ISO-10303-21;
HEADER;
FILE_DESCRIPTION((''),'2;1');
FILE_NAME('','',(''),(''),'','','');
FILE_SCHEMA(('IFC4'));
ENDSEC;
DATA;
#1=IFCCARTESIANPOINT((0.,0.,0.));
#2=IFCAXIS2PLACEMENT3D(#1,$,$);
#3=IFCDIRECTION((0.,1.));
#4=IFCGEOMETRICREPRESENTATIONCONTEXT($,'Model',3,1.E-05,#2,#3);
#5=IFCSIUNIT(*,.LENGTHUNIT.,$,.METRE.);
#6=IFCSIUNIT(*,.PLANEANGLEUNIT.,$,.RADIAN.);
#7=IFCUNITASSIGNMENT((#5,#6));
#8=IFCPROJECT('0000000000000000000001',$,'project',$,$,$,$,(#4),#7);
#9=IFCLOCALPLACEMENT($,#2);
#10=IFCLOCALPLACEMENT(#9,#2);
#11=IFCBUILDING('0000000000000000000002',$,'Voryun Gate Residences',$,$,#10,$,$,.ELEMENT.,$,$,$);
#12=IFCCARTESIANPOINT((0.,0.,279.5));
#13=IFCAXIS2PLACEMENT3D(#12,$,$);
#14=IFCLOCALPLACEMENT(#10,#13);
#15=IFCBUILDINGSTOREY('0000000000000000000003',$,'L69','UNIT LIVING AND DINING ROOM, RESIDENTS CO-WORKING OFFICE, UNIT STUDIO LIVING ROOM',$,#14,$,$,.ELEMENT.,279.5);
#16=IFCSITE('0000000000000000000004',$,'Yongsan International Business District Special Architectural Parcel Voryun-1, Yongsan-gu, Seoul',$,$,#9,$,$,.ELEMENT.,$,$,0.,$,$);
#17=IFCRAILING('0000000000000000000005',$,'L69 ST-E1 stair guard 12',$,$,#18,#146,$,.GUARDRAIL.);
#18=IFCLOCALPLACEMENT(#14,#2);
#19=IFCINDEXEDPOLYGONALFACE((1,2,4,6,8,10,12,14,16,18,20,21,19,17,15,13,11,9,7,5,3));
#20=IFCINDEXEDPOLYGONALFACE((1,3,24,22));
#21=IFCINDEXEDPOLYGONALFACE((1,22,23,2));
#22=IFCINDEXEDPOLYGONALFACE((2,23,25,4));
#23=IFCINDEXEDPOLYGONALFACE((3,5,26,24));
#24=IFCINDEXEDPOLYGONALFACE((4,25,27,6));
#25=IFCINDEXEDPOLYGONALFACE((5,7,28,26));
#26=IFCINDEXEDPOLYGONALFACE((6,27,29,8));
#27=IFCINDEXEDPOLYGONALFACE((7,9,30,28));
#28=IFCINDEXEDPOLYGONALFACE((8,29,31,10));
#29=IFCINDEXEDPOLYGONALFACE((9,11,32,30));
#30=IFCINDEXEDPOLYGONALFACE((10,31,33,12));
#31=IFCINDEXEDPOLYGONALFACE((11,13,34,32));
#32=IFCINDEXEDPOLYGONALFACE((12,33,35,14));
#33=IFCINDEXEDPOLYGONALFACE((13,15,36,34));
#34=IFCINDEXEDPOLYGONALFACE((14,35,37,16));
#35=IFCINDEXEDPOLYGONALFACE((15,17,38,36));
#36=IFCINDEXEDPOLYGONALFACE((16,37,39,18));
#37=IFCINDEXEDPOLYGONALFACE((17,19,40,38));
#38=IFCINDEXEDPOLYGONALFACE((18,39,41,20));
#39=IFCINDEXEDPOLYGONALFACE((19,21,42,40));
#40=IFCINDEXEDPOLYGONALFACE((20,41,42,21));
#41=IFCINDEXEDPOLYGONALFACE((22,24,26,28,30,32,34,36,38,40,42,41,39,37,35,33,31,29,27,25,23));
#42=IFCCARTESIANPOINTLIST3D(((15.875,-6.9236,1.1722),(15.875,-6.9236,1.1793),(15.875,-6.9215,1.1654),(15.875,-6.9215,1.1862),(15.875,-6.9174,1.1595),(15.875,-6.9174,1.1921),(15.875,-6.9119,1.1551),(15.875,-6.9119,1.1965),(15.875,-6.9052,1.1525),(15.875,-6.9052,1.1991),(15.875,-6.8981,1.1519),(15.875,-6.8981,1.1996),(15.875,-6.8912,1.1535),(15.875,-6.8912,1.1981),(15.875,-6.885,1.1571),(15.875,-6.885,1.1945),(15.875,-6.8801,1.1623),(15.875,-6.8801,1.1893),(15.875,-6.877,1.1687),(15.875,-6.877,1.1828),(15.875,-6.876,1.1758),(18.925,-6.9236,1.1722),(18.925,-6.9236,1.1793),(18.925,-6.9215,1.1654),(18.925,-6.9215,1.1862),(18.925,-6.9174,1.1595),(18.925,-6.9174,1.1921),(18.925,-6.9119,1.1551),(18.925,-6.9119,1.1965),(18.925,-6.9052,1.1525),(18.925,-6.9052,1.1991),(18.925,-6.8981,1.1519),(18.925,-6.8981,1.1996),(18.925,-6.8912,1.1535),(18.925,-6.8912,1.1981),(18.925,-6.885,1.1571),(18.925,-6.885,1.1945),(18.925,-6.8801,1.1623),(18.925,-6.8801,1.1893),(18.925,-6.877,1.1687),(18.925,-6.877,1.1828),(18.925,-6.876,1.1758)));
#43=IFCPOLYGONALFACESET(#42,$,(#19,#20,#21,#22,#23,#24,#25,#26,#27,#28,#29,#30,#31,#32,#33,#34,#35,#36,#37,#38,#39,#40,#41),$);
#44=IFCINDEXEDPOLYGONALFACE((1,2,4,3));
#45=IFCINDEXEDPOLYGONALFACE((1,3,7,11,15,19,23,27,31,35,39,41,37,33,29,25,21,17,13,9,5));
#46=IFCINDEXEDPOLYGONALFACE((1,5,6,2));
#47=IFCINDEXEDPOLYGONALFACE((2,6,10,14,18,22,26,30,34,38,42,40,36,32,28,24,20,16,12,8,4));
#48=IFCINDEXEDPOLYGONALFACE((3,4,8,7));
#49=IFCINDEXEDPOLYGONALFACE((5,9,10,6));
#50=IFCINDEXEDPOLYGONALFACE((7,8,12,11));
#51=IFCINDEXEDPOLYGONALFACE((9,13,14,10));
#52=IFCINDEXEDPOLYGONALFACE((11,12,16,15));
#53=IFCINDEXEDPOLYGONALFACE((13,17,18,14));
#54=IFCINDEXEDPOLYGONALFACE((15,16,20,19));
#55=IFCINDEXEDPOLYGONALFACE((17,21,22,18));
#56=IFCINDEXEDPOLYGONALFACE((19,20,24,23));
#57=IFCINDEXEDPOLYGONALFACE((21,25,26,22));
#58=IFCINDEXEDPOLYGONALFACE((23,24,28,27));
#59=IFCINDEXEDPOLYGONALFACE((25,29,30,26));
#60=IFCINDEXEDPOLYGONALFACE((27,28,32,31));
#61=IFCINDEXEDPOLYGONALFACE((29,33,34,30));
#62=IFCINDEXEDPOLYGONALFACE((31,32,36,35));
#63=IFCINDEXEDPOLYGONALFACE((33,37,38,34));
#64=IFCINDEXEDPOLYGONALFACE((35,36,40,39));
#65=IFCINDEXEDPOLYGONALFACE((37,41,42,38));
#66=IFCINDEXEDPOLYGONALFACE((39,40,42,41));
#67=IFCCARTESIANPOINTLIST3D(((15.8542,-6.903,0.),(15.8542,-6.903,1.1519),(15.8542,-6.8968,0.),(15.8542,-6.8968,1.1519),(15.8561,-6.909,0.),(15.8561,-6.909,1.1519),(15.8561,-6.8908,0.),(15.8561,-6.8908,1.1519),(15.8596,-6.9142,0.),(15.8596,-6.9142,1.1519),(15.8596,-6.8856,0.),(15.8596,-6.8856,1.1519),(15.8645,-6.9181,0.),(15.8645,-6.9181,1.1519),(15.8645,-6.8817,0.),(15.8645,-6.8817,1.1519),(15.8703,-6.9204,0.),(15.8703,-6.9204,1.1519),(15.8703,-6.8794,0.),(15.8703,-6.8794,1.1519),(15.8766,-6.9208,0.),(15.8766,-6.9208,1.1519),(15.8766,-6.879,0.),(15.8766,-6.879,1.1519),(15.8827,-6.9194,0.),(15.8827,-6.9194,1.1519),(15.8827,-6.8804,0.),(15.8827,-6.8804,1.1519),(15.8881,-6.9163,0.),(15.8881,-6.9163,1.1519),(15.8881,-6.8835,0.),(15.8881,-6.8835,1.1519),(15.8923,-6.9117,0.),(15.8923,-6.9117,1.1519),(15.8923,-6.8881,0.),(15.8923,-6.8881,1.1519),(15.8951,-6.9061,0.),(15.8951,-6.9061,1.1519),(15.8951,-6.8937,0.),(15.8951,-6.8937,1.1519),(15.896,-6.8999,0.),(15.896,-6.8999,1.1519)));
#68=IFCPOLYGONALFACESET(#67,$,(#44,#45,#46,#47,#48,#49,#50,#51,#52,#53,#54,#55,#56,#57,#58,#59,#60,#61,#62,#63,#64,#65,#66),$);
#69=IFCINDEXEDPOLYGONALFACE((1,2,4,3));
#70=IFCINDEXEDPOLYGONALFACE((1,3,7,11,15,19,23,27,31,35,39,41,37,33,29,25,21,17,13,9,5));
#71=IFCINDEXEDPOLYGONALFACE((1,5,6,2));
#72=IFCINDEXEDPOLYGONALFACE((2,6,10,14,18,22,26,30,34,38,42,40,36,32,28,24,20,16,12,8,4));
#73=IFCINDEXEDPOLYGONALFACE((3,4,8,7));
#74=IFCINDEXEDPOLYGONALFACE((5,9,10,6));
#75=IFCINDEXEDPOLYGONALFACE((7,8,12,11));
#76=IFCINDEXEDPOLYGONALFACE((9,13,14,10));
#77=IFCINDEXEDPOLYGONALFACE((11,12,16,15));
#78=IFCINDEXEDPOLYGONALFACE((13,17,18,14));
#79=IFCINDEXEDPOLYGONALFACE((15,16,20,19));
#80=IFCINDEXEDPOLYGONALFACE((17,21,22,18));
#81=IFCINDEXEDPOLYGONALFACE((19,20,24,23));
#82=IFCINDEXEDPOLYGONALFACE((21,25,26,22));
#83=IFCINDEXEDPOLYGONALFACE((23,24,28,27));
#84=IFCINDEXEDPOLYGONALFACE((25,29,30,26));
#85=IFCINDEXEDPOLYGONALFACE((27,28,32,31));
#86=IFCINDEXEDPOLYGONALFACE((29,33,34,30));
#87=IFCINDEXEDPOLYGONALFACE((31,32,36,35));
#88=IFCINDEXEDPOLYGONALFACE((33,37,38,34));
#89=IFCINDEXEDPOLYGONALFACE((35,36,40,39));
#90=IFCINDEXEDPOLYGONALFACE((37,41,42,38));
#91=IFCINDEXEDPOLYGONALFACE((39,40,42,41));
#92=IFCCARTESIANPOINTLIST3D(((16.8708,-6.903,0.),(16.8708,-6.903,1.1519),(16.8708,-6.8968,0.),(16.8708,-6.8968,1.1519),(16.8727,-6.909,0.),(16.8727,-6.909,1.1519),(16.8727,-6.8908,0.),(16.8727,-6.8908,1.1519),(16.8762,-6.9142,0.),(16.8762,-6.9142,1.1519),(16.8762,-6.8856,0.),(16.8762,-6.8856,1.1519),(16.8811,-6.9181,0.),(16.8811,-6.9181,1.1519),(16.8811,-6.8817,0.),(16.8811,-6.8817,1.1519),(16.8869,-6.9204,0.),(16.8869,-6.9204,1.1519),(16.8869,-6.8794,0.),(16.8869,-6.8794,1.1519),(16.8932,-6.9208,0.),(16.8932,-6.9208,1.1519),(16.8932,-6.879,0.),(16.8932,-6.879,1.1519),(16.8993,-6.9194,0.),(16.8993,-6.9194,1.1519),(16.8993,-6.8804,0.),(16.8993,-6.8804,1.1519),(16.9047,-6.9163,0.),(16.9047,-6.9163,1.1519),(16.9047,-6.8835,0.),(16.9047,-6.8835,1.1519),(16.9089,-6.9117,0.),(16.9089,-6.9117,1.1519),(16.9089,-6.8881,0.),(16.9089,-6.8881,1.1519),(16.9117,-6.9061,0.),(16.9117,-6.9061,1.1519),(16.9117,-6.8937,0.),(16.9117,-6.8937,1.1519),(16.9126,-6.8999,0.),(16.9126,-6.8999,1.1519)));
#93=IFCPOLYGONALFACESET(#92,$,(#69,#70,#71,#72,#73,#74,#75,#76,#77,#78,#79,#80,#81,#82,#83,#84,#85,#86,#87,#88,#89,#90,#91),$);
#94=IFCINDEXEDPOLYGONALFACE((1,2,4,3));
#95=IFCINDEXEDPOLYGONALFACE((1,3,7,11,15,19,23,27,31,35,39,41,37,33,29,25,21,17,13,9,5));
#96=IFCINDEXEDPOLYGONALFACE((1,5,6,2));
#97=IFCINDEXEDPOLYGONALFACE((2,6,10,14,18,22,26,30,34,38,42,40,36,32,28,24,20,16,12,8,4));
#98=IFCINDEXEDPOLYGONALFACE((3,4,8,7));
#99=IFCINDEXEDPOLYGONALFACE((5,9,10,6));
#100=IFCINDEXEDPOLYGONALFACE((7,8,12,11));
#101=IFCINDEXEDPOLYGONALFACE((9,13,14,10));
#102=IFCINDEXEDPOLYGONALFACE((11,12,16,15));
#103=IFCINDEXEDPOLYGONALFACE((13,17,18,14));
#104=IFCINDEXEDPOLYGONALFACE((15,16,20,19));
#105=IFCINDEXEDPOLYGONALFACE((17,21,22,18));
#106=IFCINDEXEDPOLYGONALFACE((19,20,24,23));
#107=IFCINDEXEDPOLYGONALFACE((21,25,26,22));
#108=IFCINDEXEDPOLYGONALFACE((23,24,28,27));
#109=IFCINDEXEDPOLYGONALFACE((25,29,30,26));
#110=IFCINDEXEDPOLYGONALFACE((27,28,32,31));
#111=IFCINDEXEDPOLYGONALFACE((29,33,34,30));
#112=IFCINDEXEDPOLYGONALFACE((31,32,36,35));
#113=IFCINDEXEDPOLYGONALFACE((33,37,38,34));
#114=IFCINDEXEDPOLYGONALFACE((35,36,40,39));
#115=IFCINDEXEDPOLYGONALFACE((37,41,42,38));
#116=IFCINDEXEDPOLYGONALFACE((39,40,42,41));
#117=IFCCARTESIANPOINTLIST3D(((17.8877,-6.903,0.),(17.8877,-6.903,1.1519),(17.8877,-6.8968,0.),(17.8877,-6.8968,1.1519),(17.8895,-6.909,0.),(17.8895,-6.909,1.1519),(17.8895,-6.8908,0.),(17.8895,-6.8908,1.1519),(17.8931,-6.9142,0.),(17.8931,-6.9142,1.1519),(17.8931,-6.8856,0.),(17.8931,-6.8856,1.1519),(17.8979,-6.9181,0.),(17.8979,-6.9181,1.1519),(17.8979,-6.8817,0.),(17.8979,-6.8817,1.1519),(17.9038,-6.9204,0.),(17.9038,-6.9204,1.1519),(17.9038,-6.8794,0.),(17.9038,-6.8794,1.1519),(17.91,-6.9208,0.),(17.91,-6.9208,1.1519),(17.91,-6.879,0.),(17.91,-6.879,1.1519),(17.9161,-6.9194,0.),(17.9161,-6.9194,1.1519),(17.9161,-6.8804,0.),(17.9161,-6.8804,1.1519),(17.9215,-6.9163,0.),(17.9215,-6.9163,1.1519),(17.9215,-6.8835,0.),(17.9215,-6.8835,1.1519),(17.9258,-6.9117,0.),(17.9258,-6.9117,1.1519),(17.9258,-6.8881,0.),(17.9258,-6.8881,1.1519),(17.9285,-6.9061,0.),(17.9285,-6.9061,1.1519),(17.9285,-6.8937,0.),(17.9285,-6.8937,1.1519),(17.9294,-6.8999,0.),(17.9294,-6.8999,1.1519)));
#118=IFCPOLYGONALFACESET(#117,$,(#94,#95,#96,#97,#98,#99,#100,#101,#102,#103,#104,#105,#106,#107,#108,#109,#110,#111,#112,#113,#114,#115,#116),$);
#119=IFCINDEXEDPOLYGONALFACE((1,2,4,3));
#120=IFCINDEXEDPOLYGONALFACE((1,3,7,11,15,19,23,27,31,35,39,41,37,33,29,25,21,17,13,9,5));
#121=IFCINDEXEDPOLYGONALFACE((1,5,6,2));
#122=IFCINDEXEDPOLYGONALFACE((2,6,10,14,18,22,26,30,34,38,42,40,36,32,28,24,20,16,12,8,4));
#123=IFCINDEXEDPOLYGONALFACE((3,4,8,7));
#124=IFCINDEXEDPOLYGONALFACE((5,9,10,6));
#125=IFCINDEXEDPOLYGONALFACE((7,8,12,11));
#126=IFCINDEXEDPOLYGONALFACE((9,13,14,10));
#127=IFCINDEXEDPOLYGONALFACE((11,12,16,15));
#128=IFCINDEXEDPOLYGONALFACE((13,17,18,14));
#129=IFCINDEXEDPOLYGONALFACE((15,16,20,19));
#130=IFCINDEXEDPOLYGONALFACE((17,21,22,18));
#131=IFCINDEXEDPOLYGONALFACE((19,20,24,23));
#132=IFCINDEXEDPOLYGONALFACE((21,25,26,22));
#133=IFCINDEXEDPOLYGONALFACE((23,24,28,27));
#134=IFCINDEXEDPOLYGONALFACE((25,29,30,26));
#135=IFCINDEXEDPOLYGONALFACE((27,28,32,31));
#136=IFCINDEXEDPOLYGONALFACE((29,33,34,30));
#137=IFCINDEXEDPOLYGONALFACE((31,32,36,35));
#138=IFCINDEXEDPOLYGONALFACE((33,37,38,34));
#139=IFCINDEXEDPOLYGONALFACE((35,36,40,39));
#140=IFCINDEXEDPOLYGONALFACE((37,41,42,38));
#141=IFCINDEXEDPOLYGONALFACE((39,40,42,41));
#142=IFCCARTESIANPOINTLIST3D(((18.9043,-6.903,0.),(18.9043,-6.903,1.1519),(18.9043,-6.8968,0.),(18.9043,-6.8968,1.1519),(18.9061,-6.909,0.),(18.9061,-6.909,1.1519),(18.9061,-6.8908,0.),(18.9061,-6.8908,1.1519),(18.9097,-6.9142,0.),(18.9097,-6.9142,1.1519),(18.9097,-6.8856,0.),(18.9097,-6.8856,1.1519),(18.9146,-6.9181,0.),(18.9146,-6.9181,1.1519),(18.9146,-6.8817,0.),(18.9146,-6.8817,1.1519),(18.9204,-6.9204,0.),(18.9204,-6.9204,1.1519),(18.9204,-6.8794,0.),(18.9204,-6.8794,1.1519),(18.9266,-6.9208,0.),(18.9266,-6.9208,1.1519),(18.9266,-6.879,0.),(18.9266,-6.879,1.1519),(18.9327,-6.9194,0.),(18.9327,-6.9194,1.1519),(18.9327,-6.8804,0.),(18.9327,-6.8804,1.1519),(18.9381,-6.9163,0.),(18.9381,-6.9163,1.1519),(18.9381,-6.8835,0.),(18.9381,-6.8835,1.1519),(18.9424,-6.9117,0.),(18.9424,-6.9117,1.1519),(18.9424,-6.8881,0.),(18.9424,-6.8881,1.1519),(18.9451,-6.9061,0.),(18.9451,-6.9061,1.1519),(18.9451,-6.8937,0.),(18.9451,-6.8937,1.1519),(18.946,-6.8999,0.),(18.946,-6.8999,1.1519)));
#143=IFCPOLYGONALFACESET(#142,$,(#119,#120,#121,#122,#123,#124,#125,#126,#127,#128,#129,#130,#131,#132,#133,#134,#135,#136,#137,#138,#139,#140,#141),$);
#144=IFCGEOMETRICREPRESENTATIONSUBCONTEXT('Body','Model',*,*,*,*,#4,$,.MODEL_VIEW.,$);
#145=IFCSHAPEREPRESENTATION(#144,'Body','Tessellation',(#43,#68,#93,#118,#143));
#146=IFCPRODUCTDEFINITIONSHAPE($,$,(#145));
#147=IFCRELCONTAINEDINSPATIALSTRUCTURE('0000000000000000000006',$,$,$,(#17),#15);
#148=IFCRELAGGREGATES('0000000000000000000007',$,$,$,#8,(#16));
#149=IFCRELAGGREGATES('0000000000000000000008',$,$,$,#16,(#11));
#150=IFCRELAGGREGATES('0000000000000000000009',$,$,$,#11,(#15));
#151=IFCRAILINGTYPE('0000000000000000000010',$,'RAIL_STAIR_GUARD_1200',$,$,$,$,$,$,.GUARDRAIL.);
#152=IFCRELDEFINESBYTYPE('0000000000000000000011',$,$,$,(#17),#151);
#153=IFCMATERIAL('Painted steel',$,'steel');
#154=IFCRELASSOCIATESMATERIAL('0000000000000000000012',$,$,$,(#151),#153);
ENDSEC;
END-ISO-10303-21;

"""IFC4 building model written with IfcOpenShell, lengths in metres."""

from ifc_helpers import new_model, si_unit, direction, frame, origin, origin_2d, place, context, subcontext, project, spatial, circle, extrude, material, type_object, element, save


model = new_model("IFC4")

# Units and contexts
model_context = context("Model", 3, precision=1e-05, world=origin(), true_north=direction((0.0, 1.0)))
body_context = subcontext(model_context, "Body", "Model", "MODEL_VIEW")
ifc_project = project(units=[si_unit("LENGTHUNIT", "METRE"), si_unit("PLANEANGLEUNIT", "RADIAN")], contexts=[model_context])

# Site, building, storey
site_placement = place(None, origin())
site = spatial("IfcSite", under=ifc_project, at=site_placement, Name="Yongsan International Business District Special Architectural Parcel Voryun-1, Yongsan-gu, Seoul", CompositionType="ELEMENT", RefElevation=0.0)
building_placement = place(site_placement, origin())
building = spatial("IfcBuilding", under=site, at=building_placement, Name="Voryun Gate Residences", CompositionType="ELEMENT")
storey_placement = place(building_placement, frame((0.0, 0.0, 279.5)))
storey = spatial("IfcBuildingStorey", under=building, at=storey_placement, Name="L69", Description="UNIT LIVING AND DINING ROOM, RESIDENTS CO-WORKING OFFICE, UNIT STUDIO LIVING ROOM", CompositionType="ELEMENT", Elevation=279.5)

# Railing
ifc_material_1 = material(Name="Painted steel", Category="steel")
railing_type_1 = type_object("IfcRailingType", Name="RAIL_STAIR_GUARD_1200", PredefinedType="GUARDRAIL", material=ifc_material_1)
railing_1_placement = place(storey_placement, frame((15.875, -6.8999, 0.0)))
element("IfcRailing", 1, at=railing_1_placement, inside=storey, type_object=railing_type_1, Name="L69 ST-E1 stair guard 12", PredefinedType="GUARDRAIL", context=body_context, shape_type="SweptSolid", body=[
    extrude(circle(Radius=0.0239, at=origin_2d()), frame((0.0, 0.0, 1.1758), z_axis=(1.0, 0.0, 0.0), x_axis=(0.0, 1.0, 0.0)), (0.0, 0.0, 1.0), 3.05),
    extrude(circle(Radius=0.021, at=origin_2d()), origin(), (0.0, 0.0, 1.0), 1.1519),
    extrude(circle(Radius=0.021, at=origin_2d()), frame((1.0166, 0.0, 0.0)), (0.0, 0.0, 1.0), 1.1519),
    extrude(circle(Radius=0.021, at=origin_2d()), frame((2.0334, 0.0, 0.0)), (0.0, 0.0, 1.0), 1.1519),
    extrude(circle(Radius=0.021, at=origin_2d()), frame((3.05, 0.0, 0.0)), (0.0, 0.0, 1.0), 1.1519),
])

save(model, "model.ifc")
